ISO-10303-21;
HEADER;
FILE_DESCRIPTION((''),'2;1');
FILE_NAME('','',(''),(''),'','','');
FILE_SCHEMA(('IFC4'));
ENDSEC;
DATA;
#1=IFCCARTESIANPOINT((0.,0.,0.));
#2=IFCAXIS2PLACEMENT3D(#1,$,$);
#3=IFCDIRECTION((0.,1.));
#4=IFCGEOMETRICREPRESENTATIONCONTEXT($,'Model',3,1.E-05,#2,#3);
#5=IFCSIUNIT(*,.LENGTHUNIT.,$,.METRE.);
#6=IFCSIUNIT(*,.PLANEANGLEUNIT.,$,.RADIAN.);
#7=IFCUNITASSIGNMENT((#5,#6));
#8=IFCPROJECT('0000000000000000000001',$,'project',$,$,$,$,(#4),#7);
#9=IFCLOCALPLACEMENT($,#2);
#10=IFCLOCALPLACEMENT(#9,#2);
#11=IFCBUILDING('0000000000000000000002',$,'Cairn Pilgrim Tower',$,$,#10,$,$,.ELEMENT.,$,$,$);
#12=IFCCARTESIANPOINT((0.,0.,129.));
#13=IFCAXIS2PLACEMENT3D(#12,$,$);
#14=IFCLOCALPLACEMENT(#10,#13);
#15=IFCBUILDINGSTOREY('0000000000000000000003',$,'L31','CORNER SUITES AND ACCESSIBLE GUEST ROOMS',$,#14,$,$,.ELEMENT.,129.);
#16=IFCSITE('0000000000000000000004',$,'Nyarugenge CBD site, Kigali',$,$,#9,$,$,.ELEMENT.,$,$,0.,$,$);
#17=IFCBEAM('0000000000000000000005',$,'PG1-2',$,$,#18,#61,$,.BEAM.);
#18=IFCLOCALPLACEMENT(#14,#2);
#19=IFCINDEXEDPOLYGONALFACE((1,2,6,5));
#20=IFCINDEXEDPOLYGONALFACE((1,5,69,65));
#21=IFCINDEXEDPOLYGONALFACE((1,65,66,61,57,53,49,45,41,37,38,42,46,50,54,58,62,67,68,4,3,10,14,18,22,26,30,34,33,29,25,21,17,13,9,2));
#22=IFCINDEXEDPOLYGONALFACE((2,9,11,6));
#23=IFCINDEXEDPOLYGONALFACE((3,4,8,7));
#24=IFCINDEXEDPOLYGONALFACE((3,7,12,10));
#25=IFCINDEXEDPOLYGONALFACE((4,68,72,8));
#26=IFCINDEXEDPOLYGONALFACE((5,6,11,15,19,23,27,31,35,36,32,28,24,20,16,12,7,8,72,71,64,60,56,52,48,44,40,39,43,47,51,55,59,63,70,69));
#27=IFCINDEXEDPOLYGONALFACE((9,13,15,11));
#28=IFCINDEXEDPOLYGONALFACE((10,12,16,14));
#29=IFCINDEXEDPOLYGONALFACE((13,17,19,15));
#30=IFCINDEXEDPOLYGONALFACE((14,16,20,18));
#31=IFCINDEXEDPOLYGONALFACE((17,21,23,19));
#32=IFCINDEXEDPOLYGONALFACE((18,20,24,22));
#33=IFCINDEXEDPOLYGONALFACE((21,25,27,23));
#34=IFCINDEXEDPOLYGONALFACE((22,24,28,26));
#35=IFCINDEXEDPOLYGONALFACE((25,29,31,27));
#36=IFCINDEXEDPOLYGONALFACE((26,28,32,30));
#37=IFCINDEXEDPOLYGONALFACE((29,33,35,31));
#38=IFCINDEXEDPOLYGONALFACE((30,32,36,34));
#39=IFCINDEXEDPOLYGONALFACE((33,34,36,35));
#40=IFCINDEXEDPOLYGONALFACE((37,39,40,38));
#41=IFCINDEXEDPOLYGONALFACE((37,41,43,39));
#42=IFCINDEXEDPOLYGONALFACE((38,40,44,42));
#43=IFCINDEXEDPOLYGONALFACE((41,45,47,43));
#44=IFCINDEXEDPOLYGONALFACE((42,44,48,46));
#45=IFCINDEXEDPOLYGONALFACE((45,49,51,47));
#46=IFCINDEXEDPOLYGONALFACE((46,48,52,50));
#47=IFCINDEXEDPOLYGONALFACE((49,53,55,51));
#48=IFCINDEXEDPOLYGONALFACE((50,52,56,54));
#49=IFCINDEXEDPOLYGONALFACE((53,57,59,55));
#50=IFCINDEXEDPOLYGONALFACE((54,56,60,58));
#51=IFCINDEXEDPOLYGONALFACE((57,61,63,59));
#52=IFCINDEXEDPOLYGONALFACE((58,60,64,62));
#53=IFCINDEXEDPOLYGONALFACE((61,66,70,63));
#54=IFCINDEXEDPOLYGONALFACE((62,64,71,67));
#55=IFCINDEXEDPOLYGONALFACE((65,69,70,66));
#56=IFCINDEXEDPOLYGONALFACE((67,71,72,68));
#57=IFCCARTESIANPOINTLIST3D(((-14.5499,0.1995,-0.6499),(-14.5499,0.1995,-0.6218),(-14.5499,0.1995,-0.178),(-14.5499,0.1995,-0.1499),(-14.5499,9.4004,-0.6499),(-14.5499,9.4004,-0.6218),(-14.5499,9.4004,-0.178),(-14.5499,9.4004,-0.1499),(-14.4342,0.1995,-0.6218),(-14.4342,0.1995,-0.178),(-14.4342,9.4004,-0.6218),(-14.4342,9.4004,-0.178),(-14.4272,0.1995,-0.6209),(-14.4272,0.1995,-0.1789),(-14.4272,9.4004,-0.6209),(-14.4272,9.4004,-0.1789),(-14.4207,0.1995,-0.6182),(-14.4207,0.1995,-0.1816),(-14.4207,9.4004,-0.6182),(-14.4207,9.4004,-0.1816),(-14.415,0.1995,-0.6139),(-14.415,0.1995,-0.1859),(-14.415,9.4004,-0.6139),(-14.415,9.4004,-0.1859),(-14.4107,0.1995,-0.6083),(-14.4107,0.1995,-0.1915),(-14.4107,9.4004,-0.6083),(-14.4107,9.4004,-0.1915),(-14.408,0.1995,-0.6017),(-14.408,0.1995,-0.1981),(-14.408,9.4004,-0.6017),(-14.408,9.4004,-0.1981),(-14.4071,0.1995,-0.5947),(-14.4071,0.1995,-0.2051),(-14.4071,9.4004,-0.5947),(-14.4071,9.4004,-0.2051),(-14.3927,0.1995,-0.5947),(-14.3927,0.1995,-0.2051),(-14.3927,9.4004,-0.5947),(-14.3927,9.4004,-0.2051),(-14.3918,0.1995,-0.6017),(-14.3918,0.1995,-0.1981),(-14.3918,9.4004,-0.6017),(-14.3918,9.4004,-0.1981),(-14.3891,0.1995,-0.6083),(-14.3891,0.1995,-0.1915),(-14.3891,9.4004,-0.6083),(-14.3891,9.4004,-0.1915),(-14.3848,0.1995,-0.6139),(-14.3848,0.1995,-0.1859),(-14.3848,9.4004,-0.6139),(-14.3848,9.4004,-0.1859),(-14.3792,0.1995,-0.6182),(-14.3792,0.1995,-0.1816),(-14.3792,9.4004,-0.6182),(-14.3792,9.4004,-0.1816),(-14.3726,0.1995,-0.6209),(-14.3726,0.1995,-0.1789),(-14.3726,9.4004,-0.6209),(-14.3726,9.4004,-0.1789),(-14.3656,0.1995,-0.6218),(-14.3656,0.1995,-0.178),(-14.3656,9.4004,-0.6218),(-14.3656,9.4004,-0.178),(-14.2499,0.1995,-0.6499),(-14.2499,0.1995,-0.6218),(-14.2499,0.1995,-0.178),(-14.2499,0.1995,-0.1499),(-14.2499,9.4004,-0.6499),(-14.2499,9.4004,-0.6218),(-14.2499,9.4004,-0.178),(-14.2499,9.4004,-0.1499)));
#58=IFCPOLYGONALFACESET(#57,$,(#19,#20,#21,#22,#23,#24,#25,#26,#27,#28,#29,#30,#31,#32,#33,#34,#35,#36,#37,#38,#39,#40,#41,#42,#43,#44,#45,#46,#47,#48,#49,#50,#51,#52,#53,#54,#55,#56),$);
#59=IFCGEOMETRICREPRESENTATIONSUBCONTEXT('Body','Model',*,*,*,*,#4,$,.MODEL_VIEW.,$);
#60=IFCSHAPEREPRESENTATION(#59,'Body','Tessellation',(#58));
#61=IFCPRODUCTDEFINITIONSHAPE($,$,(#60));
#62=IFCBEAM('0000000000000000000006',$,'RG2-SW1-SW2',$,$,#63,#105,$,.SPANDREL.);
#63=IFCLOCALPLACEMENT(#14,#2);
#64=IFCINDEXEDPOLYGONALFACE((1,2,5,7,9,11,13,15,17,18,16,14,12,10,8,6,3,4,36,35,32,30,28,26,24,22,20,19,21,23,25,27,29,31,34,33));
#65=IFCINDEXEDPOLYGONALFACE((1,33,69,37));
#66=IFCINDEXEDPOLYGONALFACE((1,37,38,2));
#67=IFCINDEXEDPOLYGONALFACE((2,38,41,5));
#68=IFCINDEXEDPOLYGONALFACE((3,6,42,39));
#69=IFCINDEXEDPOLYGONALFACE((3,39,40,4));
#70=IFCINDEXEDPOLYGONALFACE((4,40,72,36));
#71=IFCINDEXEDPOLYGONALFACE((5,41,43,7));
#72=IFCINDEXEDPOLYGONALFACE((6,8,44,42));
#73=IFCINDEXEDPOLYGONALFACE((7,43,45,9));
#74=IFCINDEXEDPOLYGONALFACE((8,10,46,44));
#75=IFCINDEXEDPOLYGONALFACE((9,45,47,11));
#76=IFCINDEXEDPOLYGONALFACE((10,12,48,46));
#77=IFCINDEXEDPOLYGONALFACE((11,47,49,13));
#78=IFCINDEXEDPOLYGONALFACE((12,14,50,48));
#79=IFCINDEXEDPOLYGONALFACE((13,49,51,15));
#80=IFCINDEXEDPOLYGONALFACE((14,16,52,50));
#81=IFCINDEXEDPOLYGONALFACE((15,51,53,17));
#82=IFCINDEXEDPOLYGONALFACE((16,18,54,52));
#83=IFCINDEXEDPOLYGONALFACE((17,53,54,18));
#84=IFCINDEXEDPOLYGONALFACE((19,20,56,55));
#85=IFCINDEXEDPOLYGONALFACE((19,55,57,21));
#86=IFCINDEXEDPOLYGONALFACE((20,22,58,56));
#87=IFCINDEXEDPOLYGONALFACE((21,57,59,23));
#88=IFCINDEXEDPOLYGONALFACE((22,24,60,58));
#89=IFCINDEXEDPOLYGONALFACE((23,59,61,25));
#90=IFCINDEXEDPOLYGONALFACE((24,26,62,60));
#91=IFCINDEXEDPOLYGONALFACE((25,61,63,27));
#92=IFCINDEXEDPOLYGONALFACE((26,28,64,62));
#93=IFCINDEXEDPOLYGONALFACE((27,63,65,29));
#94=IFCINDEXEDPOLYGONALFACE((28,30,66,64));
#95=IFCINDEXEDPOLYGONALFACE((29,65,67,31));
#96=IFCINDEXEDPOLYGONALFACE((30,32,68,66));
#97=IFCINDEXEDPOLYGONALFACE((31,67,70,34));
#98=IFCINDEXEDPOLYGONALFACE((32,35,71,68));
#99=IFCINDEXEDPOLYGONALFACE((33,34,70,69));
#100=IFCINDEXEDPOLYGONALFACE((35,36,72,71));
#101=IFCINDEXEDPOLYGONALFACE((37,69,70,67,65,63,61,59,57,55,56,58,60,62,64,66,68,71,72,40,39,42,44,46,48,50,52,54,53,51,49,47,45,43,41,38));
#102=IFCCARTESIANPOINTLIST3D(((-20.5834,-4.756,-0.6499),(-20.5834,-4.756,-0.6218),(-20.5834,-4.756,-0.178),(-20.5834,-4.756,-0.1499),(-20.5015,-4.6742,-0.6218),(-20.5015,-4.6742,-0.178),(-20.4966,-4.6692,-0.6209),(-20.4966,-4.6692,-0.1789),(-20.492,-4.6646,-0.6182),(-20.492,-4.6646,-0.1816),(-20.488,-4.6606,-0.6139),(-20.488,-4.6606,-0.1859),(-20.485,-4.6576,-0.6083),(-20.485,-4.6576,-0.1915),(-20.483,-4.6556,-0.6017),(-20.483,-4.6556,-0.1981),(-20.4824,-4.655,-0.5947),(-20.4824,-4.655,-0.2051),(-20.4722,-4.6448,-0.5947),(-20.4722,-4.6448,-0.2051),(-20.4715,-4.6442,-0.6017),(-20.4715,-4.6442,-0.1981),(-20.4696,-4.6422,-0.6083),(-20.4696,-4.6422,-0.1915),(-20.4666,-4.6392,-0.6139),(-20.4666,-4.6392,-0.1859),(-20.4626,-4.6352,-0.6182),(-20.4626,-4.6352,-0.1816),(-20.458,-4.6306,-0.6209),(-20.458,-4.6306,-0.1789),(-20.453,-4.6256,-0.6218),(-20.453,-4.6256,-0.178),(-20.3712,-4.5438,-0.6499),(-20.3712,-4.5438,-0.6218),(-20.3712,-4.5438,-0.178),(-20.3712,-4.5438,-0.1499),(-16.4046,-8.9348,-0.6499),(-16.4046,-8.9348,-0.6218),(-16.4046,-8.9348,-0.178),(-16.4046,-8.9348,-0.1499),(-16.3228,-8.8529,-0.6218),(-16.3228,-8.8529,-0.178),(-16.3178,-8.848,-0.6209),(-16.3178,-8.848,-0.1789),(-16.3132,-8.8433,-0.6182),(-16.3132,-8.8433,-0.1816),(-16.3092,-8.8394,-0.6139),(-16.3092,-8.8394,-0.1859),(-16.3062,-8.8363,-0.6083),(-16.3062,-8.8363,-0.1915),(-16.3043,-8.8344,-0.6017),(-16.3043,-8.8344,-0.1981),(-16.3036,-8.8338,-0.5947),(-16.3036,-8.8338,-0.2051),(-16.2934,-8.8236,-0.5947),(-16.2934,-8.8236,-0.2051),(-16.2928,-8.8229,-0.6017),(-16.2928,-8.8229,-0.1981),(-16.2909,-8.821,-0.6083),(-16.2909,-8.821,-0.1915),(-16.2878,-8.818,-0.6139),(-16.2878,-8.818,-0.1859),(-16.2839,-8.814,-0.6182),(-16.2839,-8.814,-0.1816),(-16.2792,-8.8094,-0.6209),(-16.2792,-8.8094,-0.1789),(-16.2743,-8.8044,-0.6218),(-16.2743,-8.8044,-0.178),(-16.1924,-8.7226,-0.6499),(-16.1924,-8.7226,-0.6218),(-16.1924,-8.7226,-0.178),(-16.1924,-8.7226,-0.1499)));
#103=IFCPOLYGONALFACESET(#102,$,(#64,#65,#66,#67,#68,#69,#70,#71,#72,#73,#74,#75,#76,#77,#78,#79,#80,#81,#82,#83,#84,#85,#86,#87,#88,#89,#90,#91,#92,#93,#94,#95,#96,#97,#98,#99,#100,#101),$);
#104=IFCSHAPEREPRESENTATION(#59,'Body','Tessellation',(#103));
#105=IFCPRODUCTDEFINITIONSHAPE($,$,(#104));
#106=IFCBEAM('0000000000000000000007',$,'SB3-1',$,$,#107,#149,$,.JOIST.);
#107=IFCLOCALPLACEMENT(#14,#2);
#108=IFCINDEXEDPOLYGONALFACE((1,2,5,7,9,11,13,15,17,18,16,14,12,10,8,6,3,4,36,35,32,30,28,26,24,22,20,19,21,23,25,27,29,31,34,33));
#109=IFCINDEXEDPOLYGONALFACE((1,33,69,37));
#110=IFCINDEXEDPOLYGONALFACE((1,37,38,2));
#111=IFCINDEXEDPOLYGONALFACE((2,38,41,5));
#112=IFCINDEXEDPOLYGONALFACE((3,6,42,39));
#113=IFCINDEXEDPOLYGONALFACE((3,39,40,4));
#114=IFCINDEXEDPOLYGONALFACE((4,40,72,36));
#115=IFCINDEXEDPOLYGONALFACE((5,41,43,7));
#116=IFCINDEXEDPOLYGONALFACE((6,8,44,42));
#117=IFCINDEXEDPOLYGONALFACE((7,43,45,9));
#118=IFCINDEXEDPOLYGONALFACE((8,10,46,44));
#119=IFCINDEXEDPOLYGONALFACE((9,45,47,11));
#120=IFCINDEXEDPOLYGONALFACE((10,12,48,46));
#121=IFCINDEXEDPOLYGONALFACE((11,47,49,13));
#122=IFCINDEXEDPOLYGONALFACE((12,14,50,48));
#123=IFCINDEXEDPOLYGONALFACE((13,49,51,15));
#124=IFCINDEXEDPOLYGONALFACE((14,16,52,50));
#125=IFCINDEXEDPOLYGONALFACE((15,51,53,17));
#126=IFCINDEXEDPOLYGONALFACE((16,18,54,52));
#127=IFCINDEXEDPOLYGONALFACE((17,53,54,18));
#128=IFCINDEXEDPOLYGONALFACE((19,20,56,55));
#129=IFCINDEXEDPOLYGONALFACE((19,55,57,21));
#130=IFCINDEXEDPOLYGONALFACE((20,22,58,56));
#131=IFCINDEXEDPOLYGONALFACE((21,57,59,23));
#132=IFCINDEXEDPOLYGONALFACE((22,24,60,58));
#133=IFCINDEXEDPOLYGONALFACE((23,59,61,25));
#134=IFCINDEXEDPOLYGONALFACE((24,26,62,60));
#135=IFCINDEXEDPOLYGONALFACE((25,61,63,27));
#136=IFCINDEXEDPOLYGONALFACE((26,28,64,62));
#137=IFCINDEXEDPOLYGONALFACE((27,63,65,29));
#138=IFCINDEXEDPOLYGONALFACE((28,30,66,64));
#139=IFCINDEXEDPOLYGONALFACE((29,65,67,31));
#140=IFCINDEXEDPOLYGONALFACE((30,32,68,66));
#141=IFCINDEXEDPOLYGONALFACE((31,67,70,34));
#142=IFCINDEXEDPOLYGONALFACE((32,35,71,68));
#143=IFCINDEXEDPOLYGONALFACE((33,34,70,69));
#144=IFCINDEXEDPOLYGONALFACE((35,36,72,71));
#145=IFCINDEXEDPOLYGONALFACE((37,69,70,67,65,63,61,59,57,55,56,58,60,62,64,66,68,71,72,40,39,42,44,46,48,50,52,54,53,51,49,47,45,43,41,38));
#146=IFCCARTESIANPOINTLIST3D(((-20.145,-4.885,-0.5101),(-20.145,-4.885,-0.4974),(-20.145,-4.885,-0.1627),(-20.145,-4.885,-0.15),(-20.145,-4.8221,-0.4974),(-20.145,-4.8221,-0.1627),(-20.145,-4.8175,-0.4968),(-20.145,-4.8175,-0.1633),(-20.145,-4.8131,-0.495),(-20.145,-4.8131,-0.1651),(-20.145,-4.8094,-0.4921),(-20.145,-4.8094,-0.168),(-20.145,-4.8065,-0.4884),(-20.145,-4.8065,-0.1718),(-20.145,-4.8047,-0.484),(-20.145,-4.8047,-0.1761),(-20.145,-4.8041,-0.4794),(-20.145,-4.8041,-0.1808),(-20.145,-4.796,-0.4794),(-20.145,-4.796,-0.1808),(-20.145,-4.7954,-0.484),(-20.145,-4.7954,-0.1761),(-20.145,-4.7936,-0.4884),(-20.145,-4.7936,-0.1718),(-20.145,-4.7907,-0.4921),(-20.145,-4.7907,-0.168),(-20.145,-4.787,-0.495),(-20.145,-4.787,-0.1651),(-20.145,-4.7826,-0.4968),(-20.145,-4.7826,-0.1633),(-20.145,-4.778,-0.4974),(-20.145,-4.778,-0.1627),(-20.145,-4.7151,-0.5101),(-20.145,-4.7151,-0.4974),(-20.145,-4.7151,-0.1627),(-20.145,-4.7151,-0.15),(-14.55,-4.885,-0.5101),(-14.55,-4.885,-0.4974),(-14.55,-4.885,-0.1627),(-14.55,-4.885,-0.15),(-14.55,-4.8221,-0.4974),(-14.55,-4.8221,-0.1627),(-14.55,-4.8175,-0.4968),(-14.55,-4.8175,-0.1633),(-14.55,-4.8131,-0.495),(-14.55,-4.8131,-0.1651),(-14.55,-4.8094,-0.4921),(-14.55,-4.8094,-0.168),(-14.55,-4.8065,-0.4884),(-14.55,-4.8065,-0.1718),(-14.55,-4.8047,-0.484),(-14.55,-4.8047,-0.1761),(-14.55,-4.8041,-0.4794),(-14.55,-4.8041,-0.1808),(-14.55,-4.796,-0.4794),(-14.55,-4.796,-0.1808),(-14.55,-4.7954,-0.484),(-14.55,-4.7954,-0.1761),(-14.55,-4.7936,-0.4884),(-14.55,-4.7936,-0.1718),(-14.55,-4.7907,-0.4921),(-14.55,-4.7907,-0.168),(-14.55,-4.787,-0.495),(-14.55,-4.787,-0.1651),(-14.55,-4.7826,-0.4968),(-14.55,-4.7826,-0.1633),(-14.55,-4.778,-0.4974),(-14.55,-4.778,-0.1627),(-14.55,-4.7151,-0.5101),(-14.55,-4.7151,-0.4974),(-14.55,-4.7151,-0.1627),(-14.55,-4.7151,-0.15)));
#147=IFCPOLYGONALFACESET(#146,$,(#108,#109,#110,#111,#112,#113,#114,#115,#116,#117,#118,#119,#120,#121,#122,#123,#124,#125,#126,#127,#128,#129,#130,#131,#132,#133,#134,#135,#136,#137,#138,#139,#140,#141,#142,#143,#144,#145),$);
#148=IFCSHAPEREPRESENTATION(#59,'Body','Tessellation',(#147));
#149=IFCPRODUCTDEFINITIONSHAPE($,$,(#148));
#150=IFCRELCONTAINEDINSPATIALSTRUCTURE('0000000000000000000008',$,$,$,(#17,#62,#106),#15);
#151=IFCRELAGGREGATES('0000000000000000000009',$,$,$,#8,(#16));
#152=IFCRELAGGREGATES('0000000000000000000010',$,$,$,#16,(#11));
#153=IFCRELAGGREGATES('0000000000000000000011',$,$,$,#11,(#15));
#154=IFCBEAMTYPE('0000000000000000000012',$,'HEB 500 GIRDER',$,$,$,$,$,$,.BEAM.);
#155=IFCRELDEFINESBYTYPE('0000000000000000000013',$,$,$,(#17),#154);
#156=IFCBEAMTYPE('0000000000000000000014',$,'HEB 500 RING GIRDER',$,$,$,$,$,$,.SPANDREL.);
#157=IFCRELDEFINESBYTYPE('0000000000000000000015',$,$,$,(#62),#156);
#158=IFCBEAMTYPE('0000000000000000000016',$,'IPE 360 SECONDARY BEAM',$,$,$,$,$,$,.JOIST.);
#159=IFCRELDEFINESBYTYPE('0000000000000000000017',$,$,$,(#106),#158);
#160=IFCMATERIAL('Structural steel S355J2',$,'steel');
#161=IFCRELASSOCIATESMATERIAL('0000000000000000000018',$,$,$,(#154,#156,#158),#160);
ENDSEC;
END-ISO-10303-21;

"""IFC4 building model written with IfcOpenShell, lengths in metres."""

from ifc_helpers import new_model, si_unit, direction, frame, origin, origin_2d, place, context, subcontext, project, spatial, i_section, extrude, material, material_profile, profile_set, type_object, element, save


model = new_model("IFC4")

# Units and contexts
model_context = context("Model", 3, precision=1e-05, world=origin(), true_north=direction((0.0, 1.0)))
body_context = subcontext(model_context, "Body", "Model", "MODEL_VIEW")
ifc_project = project(units=[si_unit("LENGTHUNIT", "METRE"), si_unit("PLANEANGLEUNIT", "RADIAN")], contexts=[model_context])

# Site, building, storey
site_placement = place(None, origin())
site = spatial("IfcSite", under=ifc_project, at=site_placement, Name="Nyarugenge CBD site, Kigali", CompositionType="ELEMENT", RefElevation=0.0)
building_placement = place(site_placement, origin())
building = spatial("IfcBuilding", under=site, at=building_placement, Name="Cairn Pilgrim Tower", CompositionType="ELEMENT")
storey_placement = place(building_placement, frame((0.0, 0.0, 129.0)))
storey = spatial("IfcBuildingStorey", under=building, at=storey_placement, Name="L31", Description="CORNER SUITES AND ACCESSIBLE GUEST ROOMS", CompositionType="ELEMENT", Elevation=129.0)

# Shared definitions
ifc_material_1 = material(Name="Structural steel S355J2", Category="steel")

# Beams
ifc_material_profile_1 = material_profile(ifc_material_1, i_section(OverallWidth=0.3, OverallDepth=0.5, WebThickness=0.0144, FlangeThickness=0.0281, FilletRadius=0.0271, at=origin_2d()), Name="HEB 500")
ifc_profile_set_1 = profile_set([ifc_material_profile_1], Name="Structural steel S355J2")
beam_type_1 = type_object("IfcBeamType", Name="HEB 500 GIRDER", PredefinedType="BEAM", material=ifc_profile_set_1)
beam_1_placement = place(storey_placement, frame((-14.3999, 0.1995, -0.3999), z_axis=(0.0, 1.0, 0.0), x_axis=(-1.0, 0.0, 0.0)))
element("IfcBeam", 1, at=beam_1_placement, inside=storey, type_object=beam_type_1, Name="PG1-2", PredefinedType="BEAM", context=body_context, shape_type="SweptSolid", body=[
    extrude(i_section(OverallWidth=0.3, OverallDepth=0.5, WebThickness=0.0144, FlangeThickness=0.0281, FilletRadius=0.0271, at=origin_2d()), origin(), (0.0, 0.0, 1.0), 9.2009),
])
ifc_material_profile_2 = material_profile(ifc_material_1, i_section(OverallWidth=0.3, OverallDepth=0.5, WebThickness=0.0144, FlangeThickness=0.0281, FilletRadius=0.0271, at=origin_2d()), Name="HEB 500")
ifc_profile_set_2 = profile_set([ifc_material_profile_2], Name="Structural steel S355J2")
beam_type_2 = type_object("IfcBeamType", Name="HEB 500 RING GIRDER", PredefinedType="SPANDREL", material=ifc_profile_set_2)
beam_2_placement = place(storey_placement, frame((-20.4773, -4.6499, -0.3999), z_axis=(0.707107, -0.707107, 0.0), x_axis=(0.707107, 0.707107, 0.0)))
element("IfcBeam", 2, at=beam_2_placement, inside=storey, type_object=beam_type_2, Name="RG2-SW1-SW2", PredefinedType="SPANDREL", context=body_context, shape_type="SweptSolid", body=[
    extrude(i_section(OverallWidth=0.3, OverallDepth=0.5, WebThickness=0.0144, FlangeThickness=0.0281, FilletRadius=0.0271, at=origin_2d()), origin(), (0.0, 0.0, 1.0), 5.9097),
])
ifc_material_profile_3 = material_profile(ifc_material_1, i_section(OverallWidth=0.1699, OverallDepth=0.3601, WebThickness=0.0081, FlangeThickness=0.0127, FilletRadius=0.0181, at=origin_2d()), Name="IPE 360")
ifc_profile_set_3 = profile_set([ifc_material_profile_3], Name="Structural steel S355J2")
beam_type_3 = type_object("IfcBeamType", Name="IPE 360 SECONDARY BEAM", PredefinedType="JOIST", material=ifc_profile_set_3)
beam_3_placement = place(storey_placement, frame((-20.145, -4.8, -0.3301), z_axis=(1.0, 0.0, 0.0), x_axis=(0.0, 1.0, 0.0)))
element("IfcBeam", 3, at=beam_3_placement, inside=storey, type_object=beam_type_3, Name="SB3-1", PredefinedType="JOIST", context=body_context, shape_type="SweptSolid", body=[
    extrude(i_section(OverallWidth=0.1699, OverallDepth=0.3601, WebThickness=0.0081, FlangeThickness=0.0127, FilletRadius=0.0181, at=origin_2d()), origin(), (0.0, 0.0, 1.0), 5.595),
])

save(model, "model.ifc")
